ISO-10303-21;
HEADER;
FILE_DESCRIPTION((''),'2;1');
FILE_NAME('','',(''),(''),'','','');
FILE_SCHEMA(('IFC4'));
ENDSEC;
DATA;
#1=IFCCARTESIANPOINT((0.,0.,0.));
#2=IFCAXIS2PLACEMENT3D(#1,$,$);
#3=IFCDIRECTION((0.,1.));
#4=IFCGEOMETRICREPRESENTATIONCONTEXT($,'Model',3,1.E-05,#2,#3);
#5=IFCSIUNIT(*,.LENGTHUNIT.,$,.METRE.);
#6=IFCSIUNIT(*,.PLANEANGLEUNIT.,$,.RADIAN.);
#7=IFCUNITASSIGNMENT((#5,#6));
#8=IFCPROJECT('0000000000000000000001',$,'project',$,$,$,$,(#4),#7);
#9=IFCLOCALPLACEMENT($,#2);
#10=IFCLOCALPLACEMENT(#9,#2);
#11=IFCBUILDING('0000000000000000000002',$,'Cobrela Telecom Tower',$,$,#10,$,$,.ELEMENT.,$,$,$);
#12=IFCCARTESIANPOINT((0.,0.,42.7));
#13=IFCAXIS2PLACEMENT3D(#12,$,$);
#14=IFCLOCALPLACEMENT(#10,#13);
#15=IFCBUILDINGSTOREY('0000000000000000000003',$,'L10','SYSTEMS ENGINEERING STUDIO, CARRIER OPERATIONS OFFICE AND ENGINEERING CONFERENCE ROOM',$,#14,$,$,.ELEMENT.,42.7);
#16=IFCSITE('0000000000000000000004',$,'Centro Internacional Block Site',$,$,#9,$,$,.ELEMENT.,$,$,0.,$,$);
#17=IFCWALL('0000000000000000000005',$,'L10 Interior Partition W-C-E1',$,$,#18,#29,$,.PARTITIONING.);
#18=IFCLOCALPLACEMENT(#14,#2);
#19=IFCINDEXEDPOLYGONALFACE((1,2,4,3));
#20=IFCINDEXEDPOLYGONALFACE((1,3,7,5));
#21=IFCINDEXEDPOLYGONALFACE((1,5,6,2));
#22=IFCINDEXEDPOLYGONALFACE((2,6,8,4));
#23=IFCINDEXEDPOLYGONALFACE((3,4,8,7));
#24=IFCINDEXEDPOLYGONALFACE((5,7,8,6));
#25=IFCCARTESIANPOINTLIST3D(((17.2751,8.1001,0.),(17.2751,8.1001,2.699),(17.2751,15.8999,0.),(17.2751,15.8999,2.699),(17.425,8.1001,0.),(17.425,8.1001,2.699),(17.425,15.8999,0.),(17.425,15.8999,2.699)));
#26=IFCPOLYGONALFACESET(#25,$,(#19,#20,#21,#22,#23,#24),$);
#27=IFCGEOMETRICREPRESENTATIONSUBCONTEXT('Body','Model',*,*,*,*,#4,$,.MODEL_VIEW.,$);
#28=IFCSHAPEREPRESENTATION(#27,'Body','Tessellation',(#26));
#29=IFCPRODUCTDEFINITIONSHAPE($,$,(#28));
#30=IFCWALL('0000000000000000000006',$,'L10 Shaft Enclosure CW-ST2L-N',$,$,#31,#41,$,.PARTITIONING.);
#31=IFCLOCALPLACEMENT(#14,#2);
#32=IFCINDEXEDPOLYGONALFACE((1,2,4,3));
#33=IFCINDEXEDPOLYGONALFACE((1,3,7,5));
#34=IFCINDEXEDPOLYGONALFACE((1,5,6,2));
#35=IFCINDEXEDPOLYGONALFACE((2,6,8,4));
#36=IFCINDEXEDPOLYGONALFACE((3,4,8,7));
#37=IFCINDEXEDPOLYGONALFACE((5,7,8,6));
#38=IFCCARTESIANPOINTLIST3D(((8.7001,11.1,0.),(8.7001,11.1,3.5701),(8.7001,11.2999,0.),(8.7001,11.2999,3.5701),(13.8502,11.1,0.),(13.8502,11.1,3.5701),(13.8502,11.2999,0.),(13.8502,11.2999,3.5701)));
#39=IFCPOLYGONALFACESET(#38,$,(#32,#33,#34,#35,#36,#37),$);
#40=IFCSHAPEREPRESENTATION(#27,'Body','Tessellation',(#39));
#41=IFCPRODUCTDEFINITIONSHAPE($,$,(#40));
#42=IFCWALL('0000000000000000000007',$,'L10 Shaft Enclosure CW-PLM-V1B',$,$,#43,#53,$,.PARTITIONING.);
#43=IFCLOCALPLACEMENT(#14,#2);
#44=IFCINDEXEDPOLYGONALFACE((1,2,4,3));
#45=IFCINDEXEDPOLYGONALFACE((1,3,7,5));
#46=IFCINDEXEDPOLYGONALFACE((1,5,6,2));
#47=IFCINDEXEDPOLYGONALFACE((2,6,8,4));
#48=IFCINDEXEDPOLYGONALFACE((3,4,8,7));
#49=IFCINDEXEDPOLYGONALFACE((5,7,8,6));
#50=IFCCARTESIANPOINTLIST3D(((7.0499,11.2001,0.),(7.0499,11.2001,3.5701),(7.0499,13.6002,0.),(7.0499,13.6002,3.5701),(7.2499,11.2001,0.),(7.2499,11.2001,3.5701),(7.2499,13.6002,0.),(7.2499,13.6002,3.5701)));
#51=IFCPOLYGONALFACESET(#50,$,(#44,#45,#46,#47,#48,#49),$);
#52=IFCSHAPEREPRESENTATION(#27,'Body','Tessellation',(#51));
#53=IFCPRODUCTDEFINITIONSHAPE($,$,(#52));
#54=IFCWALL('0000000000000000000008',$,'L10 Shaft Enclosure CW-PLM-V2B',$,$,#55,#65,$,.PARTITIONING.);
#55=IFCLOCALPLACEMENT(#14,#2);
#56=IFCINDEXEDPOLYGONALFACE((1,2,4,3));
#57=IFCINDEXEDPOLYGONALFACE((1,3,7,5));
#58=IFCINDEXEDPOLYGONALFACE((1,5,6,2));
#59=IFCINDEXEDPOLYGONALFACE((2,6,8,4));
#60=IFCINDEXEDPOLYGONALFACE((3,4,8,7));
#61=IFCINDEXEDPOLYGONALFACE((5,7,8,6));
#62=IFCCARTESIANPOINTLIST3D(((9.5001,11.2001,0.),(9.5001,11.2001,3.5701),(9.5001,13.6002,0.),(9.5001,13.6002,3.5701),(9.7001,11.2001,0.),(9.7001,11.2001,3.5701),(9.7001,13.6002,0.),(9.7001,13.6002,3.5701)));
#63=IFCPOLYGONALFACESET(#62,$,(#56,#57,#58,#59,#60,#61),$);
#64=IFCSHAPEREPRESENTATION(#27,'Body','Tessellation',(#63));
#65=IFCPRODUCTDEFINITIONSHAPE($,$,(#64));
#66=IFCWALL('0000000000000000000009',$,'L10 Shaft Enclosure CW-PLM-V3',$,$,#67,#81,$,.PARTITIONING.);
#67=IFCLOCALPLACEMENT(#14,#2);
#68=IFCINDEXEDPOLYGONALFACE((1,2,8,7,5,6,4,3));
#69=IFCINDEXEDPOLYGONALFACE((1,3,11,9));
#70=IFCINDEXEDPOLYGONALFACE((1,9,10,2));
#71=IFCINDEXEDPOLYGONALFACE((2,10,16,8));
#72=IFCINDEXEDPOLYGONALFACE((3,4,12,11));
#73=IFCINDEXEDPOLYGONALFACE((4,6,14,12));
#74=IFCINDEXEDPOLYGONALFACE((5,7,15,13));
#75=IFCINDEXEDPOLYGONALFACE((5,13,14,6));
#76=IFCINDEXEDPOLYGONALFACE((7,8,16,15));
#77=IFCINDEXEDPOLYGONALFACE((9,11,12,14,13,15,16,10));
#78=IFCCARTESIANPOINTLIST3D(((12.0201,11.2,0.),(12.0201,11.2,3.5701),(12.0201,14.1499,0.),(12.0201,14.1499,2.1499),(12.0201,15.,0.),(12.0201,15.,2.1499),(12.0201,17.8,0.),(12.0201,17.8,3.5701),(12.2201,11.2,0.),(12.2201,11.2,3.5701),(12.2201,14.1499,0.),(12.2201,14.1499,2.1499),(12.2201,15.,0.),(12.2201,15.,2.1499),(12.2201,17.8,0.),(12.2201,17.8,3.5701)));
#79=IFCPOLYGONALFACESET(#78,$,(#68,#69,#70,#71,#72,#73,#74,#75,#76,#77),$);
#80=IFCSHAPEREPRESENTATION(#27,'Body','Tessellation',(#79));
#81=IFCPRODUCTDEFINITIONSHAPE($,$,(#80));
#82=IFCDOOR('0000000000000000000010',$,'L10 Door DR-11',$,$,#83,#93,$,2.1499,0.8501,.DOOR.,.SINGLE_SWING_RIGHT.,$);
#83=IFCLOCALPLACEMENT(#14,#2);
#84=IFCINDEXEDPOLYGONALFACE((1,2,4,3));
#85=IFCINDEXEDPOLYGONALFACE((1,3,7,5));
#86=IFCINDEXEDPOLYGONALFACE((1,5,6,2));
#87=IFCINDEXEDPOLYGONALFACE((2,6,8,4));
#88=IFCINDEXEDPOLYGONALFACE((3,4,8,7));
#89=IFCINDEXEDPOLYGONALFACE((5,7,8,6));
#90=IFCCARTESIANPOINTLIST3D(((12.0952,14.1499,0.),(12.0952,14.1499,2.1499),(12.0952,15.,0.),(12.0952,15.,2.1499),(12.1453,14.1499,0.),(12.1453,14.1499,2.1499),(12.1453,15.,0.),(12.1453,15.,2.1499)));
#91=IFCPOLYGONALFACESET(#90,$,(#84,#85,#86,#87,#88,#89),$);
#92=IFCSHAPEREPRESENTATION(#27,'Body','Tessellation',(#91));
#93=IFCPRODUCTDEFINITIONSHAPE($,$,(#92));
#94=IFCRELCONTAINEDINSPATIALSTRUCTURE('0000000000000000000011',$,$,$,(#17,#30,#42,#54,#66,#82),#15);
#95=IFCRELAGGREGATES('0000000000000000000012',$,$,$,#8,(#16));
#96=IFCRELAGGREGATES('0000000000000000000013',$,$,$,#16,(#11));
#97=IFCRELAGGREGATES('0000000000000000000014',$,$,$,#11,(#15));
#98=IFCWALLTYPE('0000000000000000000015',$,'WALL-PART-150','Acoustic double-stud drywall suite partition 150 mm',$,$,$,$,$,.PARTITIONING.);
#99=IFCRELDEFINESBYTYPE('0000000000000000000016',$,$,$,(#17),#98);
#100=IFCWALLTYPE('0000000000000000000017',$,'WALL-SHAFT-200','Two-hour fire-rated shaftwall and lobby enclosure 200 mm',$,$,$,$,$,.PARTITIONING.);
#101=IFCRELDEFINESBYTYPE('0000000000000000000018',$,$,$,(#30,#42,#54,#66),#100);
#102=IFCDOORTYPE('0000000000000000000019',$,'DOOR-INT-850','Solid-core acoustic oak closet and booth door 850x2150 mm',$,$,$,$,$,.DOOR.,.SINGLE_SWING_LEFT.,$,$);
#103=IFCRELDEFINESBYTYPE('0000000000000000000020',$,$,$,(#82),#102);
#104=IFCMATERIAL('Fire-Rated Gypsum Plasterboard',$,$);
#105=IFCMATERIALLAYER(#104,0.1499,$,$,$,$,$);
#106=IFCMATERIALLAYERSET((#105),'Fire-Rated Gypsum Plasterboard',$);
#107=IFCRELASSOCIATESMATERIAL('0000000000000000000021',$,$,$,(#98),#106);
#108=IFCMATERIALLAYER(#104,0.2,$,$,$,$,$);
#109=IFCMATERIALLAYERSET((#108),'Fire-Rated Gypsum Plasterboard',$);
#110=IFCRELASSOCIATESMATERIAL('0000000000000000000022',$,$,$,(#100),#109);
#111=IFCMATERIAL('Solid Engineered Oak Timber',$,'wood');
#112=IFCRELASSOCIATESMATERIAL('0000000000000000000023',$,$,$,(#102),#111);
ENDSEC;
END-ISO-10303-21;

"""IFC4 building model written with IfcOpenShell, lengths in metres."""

from ifc_helpers import new_model, si_unit, direction, frame, frame_2d, origin, place, context, subcontext, project, spatial, rectangle, extrude, material, layer, layer_set, type_object, element, fill, save


model = new_model("IFC4")

# Units and contexts
model_context = context("Model", 3, precision=1e-05, world=origin(), true_north=direction((0.0, 1.0)))
body_context = subcontext(model_context, "Body", "Model", "MODEL_VIEW")
ifc_project = project(units=[si_unit("LENGTHUNIT", "METRE"), si_unit("PLANEANGLEUNIT", "RADIAN")], contexts=[model_context])

# Site, building, storey
site_placement = place(None, origin())
site = spatial("IfcSite", under=ifc_project, at=site_placement, Name="Centro Internacional Block Site", CompositionType="ELEMENT", RefElevation=0.0)
building_placement = place(site_placement, origin())
building = spatial("IfcBuilding", under=site, at=building_placement, Name="Cobrela Telecom Tower", CompositionType="ELEMENT")
storey_placement = place(building_placement, frame((0.0, 0.0, 42.7)))
storey = spatial("IfcBuildingStorey", under=building, at=storey_placement, Name="L10", Description="SYSTEMS ENGINEERING STUDIO, CARRIER OPERATIONS OFFICE AND ENGINEERING CONFERENCE ROOM", CompositionType="ELEMENT", Elevation=42.7)

# Shared definitions
ifc_material_1 = material(Name="Fire-Rated Gypsum Plasterboard")
ifc_layer_1 = layer(ifc_material_1, 0.1499)
ifc_layer_set_1 = layer_set([ifc_layer_1], Name="Fire-Rated Gypsum Plasterboard")
wall_type_1 = type_object("IfcWallType", Name="WALL-PART-150", Description="Acoustic double-stud drywall suite partition 150 mm", PredefinedType="PARTITIONING", material=ifc_layer_set_1)
ifc_material_2 = material(Name="Solid Engineered Oak Timber", Category="wood")

# Walls
wall_1_placement = place(storey_placement, frame((17.3501, 8.1001, 0.0), z_axis=(0.0, 0.0, 1.0), x_axis=(0.0, 1.0, 0.0)))
element("IfcWall", 1, at=wall_1_placement, inside=storey, type_object=wall_type_1, Name="L10 Interior Partition W-C-E1", PredefinedType="PARTITIONING", context=body_context, shape_type="SweptSolid", body=[
    extrude(rectangle(XDim=7.7998, YDim=0.1499, at=frame_2d((3.8999, 0.0))), origin(), (0.0, 0.0, 1.0), 2.699),
])
ifc_layer_2 = layer(ifc_material_1, 0.2)
ifc_layer_set_2 = layer_set([ifc_layer_2], Name="Fire-Rated Gypsum Plasterboard")
wall_type_2 = type_object("IfcWallType", Name="WALL-SHAFT-200", Description="Two-hour fire-rated shaftwall and lobby enclosure 200 mm", PredefinedType="PARTITIONING", material=ifc_layer_set_2)
wall_2_placement = place(storey_placement, frame((8.7, 11.2, 0.0), z_axis=(0.0, 0.0, 1.0), x_axis=(1.0, 0.0, 0.0)))
element("IfcWall", 2, at=wall_2_placement, inside=storey, type_object=wall_type_2, Name="L10 Shaft Enclosure CW-ST2L-N", PredefinedType="PARTITIONING", context=body_context, shape_type="SweptSolid", body=[
    extrude(rectangle(XDim=5.1501, YDim=0.2, at=frame_2d((2.5752, 0.0))), origin(), (0.0, 0.0, 1.0), 3.5701),
])
for number, where, z_axis, x_axis, name in (
    (3, (7.1499, 11.2, 0.0), (0.0, 0.0, 1.0), (0.0, 1.0, 0.0), "L10 Shaft Enclosure CW-PLM-V1B"),
    (4, (9.6001, 11.2, 0.0), (0.0, 0.0, 1.0), (0.0, 1.0, 0.0), "L10 Shaft Enclosure CW-PLM-V2B"),
):
    element("IfcWall", number, at=place(storey_placement, frame(where, z_axis=z_axis, x_axis=x_axis)), inside=storey, type_object=wall_type_2, Name=name, PredefinedType="PARTITIONING", context=body_context, shape_type="SweptSolid", body=[
        extrude(rectangle(XDim=2.4001, YDim=0.2, at=frame_2d((1.2002, 0.0))), origin(), (0.0, 0.0, 1.0), 3.5701),
    ])

# Wall, opening, door
wall_3_placement = place(storey_placement, frame((12.1201, 11.2, 0.0), z_axis=(0.0, 0.0, 1.0), x_axis=(0.0, 1.0, 0.0)))
wall_3 = element("IfcWall", 5, at=wall_3_placement, inside=storey, type_object=wall_type_2, Name="L10 Shaft Enclosure CW-PLM-V3", PredefinedType="PARTITIONING", context=body_context, shape_type="SweptSolid", body=[
    extrude(rectangle(XDim=6.6001, YDim=0.2, at=frame_2d((3.3, 0.0))), origin(), (0.0, 0.0, 1.0), 3.5701),
])
opening_1_placement = place(wall_3_placement, frame((2.95, 0.0, 0.0)))
opening_1 = element("IfcOpeningElement", 6, at=opening_1_placement, cuts=wall_3, PredefinedType="OPENING", context=body_context, shape_type="SweptSolid", body=[
    extrude(rectangle(XDim=0.8501, YDim=2.1499, at=frame_2d((0.425, 1.075))), frame((0.0, 0.1118, 0.0), z_axis=(0.0, -1.0, 0.0), x_axis=(1.0, 0.0, 0.0)), (0.0, 0.0, 1.0), 0.2239),
])
door_type_1 = type_object("IfcDoorType", Name="DOOR-INT-850", Description="Solid-core acoustic oak closet and booth door 850x2150 mm", OperationType="SINGLE_SWING_LEFT", PredefinedType="DOOR", material=ifc_material_2)
door_1_placement = place(opening_1_placement, origin())
door_1 = element("IfcDoor", 7, at=door_1_placement, inside=storey, type_object=door_type_1, Name="L10 Door DR-11", OperationType="SINGLE_SWING_RIGHT", OverallHeight=2.1499, OverallWidth=0.8501, PredefinedType="DOOR", context=body_context, shape_type="SweptSolid", body=[
    extrude(rectangle(XDim=0.8501, YDim=2.1499, at=frame_2d((0.425, 1.075))), frame((0.0, 0.0249, 0.0), z_axis=(0.0, -1.0, 0.0), x_axis=(1.0, 0.0, 0.0)), (0.0, 0.0, 1.0), 0.05),
])
fill(opening_1, door_1)

save(model, "model.ifc")
